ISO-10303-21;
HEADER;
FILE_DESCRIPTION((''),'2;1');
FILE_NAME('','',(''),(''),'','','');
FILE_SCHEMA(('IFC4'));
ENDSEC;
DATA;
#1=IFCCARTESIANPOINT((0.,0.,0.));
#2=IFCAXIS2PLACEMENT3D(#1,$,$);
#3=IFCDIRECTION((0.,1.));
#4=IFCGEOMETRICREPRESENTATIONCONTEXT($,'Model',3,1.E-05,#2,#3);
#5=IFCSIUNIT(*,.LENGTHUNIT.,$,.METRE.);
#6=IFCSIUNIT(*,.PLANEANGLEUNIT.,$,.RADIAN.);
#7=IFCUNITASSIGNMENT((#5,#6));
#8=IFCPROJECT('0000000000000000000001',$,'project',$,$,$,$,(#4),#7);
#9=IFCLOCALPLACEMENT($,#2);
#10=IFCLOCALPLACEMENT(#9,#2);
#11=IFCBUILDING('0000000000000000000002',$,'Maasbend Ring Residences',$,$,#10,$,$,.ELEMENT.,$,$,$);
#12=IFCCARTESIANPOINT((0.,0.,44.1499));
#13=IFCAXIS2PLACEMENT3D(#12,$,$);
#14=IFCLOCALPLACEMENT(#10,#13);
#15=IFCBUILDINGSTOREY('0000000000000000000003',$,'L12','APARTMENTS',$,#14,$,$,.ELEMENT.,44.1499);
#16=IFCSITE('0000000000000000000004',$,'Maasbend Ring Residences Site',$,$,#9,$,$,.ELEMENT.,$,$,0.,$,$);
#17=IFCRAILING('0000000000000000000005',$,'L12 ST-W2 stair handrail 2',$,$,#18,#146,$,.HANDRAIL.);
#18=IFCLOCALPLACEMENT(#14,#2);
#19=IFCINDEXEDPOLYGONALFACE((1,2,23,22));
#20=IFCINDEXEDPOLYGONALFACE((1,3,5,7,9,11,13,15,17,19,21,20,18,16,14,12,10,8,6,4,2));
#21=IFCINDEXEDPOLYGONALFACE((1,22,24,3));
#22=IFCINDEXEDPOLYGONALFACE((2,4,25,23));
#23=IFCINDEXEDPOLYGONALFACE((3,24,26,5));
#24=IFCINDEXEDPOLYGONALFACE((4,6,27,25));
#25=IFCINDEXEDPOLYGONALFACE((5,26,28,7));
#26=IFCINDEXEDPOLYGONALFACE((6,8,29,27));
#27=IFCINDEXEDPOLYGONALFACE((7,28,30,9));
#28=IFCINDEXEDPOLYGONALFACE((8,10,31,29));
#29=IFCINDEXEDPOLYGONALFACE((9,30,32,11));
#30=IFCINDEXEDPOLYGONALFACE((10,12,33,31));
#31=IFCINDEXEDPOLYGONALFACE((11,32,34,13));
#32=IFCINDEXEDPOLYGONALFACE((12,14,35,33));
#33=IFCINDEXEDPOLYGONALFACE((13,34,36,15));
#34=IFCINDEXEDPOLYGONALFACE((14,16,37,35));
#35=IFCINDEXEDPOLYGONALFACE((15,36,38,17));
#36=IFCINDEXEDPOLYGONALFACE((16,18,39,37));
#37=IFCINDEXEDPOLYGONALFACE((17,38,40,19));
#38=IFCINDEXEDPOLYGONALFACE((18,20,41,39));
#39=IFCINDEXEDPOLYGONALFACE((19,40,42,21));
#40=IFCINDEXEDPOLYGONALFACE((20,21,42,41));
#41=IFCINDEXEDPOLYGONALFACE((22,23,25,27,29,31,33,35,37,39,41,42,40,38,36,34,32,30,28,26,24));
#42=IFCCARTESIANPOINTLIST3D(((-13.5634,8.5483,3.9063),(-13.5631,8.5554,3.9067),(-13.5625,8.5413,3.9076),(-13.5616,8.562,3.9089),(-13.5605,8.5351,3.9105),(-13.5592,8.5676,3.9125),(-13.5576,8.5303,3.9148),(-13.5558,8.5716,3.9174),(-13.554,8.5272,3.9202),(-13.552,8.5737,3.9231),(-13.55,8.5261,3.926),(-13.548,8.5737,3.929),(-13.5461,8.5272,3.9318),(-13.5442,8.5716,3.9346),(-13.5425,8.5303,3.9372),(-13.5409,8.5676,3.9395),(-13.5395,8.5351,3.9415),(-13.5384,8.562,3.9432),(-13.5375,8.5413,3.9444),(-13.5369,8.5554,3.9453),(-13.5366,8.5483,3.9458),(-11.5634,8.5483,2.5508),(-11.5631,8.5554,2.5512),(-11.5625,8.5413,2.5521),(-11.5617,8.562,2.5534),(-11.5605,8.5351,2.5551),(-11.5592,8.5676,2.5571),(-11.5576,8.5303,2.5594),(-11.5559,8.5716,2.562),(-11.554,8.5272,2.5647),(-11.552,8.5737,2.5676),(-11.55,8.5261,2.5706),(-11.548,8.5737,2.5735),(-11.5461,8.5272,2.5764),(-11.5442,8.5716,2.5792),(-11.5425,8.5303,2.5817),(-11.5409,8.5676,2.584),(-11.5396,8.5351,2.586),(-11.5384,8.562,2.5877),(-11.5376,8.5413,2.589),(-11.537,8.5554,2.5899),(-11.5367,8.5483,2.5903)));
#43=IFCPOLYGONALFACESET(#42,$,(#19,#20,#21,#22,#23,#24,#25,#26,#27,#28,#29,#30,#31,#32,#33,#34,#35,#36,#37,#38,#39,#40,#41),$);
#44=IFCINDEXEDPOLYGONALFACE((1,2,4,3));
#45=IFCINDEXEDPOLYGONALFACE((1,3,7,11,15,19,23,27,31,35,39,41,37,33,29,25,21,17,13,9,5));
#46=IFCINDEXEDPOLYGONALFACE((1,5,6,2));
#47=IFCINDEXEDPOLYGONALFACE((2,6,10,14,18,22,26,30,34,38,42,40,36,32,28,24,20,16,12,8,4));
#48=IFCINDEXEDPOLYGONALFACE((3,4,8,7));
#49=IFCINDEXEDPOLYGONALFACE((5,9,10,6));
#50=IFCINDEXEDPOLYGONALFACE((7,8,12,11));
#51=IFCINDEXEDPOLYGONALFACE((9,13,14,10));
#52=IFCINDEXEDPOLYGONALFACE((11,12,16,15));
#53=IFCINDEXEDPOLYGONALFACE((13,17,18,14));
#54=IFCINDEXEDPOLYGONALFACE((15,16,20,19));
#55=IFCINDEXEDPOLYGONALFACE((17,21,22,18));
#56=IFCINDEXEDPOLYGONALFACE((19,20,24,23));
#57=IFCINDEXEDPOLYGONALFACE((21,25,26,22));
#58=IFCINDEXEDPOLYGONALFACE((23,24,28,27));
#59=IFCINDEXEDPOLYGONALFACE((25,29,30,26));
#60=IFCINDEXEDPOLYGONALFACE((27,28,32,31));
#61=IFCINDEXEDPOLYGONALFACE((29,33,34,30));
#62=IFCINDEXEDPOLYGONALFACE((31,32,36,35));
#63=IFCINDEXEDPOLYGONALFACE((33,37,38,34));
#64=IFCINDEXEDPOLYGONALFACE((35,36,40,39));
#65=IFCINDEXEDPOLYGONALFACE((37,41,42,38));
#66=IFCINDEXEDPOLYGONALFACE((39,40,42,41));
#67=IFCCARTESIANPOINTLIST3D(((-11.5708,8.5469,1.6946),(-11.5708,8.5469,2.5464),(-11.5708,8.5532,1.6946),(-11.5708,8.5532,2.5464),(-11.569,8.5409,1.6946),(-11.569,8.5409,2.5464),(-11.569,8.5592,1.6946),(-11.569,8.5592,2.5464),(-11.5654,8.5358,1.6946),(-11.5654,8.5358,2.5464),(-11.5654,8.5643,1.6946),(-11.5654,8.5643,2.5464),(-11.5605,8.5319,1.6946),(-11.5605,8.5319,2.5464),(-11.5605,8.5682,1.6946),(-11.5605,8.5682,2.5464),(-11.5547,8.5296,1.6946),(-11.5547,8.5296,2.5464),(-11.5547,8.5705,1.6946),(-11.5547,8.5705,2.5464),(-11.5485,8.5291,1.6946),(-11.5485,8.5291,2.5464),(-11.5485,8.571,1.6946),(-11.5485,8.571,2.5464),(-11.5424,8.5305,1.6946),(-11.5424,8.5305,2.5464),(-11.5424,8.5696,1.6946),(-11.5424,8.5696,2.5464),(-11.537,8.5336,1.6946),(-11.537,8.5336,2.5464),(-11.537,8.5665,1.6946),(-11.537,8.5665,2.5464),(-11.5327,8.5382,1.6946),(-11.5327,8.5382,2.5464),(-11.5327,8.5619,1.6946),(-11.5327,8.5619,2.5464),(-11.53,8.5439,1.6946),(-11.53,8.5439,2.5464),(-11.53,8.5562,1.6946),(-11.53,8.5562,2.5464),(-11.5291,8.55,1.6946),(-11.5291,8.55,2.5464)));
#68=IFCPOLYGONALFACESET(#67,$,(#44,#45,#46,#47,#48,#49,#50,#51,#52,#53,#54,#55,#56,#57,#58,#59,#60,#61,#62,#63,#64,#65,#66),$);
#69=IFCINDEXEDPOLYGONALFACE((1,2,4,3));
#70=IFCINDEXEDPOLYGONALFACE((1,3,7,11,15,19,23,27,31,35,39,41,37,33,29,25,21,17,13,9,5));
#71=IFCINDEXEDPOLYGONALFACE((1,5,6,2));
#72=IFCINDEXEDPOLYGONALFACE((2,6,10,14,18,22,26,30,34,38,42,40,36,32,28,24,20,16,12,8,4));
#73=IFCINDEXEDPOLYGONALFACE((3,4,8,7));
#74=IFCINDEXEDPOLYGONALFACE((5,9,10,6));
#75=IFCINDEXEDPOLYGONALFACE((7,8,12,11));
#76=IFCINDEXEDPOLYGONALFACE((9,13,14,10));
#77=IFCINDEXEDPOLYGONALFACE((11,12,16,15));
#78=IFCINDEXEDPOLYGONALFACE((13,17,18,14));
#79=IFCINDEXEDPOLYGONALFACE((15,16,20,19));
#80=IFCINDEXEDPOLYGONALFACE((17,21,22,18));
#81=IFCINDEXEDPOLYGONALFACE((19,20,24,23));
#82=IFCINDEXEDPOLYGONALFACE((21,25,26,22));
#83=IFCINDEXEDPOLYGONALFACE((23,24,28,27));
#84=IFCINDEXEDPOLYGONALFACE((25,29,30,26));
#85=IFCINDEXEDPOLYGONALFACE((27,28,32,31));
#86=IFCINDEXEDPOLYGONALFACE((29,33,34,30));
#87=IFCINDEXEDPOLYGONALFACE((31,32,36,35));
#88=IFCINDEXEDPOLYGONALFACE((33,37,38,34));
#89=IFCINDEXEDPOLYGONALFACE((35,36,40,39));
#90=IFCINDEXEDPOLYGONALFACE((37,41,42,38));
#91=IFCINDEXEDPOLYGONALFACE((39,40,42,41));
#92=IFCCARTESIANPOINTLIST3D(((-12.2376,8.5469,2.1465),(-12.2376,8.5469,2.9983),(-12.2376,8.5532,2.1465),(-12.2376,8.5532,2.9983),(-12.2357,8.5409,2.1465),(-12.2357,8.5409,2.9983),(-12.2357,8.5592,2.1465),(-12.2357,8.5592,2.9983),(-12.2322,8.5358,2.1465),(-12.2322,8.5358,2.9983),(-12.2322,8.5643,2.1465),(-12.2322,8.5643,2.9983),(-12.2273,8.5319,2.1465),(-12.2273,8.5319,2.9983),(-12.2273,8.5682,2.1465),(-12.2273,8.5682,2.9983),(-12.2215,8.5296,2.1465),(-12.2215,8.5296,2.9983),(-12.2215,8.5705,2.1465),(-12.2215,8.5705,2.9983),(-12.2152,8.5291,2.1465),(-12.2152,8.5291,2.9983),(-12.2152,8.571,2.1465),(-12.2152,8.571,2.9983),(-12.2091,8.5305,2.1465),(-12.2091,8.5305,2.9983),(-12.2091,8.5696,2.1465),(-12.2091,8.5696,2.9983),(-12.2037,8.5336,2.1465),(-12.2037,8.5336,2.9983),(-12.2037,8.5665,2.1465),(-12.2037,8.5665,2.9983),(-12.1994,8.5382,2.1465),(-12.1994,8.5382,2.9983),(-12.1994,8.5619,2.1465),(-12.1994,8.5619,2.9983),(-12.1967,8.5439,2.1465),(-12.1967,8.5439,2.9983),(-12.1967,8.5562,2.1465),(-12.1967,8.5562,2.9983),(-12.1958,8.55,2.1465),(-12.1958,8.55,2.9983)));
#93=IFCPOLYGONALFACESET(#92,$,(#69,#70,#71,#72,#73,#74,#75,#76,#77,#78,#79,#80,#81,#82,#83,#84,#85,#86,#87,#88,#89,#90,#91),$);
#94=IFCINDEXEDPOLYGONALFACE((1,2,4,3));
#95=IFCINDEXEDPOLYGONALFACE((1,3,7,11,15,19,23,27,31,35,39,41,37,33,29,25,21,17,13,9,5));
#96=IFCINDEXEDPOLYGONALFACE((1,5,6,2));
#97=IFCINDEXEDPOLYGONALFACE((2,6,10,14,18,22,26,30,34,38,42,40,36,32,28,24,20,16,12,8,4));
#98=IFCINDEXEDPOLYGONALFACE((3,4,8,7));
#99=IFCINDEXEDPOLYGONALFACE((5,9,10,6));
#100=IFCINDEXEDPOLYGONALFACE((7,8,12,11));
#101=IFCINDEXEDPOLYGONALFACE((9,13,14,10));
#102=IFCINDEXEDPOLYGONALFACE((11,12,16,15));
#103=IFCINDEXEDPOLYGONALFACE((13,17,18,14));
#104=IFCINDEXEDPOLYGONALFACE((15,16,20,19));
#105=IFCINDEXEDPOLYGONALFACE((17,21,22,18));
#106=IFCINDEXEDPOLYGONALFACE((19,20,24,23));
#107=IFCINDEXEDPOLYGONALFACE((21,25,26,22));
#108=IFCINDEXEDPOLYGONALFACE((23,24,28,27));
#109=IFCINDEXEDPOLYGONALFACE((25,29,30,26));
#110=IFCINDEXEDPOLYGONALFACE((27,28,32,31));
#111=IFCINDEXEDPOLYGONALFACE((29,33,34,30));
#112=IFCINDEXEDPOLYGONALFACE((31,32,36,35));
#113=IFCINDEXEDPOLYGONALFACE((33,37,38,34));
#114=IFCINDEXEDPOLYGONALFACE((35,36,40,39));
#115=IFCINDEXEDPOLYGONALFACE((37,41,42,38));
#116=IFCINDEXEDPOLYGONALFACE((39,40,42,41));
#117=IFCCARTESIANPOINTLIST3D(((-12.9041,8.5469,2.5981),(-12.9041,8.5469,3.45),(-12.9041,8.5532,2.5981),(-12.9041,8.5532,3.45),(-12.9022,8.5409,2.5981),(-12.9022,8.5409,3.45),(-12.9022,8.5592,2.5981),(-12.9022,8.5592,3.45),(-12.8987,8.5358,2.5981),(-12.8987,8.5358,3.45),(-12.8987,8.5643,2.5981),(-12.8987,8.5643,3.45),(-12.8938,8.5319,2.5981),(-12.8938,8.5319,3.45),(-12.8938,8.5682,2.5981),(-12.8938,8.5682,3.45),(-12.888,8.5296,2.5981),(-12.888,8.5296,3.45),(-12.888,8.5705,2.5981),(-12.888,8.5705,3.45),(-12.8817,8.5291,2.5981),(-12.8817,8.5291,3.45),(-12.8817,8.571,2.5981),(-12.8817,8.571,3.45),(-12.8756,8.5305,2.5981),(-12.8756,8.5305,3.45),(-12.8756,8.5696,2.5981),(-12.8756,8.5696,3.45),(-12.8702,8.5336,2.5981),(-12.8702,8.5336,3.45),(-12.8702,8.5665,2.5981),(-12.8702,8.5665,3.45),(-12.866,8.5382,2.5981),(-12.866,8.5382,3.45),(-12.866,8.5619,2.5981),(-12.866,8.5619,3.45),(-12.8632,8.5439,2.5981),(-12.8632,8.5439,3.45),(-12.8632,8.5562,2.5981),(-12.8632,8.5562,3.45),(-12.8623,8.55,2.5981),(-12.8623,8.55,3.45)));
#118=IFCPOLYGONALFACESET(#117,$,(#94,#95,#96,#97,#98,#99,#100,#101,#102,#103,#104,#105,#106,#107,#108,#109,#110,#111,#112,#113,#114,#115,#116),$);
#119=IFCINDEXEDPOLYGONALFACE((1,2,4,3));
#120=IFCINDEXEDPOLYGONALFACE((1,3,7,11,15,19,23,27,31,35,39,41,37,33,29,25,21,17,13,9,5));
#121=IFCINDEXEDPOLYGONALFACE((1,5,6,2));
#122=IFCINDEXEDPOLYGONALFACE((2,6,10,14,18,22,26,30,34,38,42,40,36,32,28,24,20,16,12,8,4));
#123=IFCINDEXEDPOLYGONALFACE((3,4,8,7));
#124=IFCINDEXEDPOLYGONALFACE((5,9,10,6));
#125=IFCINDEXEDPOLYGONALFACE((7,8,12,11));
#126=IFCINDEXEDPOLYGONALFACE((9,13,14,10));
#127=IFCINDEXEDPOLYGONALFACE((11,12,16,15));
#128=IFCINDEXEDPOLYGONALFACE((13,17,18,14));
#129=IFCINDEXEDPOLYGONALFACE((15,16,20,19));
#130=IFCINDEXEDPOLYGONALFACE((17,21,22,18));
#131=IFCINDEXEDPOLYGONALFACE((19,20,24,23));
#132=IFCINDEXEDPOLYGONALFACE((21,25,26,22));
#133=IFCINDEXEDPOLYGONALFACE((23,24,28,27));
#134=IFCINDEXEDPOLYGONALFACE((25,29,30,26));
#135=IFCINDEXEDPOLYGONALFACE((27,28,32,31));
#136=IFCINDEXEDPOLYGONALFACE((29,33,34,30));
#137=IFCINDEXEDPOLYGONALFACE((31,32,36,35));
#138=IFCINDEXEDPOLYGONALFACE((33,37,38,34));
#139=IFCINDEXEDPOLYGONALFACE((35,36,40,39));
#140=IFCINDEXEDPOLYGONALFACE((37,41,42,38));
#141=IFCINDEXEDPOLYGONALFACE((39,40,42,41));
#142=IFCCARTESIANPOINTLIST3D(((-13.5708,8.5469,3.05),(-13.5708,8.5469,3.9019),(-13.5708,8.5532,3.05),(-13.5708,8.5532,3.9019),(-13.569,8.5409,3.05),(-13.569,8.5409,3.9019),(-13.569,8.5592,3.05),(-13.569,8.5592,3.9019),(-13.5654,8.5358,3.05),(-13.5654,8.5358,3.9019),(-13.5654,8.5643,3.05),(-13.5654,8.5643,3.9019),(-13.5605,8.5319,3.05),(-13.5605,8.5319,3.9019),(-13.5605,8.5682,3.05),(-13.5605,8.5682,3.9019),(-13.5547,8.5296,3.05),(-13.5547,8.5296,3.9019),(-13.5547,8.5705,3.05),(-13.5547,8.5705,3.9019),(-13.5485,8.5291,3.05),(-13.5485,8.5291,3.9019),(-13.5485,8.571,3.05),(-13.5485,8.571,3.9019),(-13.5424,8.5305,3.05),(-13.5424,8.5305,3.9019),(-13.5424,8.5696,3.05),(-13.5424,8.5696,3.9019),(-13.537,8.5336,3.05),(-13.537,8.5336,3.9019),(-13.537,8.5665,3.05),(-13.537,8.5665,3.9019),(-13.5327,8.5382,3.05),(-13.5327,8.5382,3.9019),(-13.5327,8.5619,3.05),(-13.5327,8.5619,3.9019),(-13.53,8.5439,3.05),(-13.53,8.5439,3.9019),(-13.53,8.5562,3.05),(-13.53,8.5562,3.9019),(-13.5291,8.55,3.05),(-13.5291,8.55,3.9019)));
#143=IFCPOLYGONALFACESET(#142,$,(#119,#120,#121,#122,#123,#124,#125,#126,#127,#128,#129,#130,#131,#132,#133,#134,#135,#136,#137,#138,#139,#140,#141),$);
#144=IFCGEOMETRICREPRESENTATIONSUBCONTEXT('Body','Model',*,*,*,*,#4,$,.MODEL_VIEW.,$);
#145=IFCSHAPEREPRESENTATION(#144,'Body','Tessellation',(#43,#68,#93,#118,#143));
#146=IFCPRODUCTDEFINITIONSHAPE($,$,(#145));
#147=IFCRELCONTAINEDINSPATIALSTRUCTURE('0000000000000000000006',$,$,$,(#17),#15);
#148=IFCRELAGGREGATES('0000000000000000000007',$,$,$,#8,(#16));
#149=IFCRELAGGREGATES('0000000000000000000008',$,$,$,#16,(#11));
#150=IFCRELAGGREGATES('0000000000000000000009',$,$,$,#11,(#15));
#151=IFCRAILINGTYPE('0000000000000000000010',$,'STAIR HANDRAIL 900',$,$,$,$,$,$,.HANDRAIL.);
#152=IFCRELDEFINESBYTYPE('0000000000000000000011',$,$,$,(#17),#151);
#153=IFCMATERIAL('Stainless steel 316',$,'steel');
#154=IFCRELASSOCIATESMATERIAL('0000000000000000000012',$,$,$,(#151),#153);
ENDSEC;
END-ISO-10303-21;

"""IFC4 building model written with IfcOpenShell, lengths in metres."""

from ifc_helpers import new_model, si_unit, direction, frame, origin, origin_2d, place, context, subcontext, project, spatial, circle, extrude, material, type_object, element, save


model = new_model("IFC4")

# Units and contexts
model_context = context("Model", 3, precision=1e-05, world=origin(), true_north=direction((0.0, 1.0)))
body_context = subcontext(model_context, "Body", "Model", "MODEL_VIEW")
ifc_project = project(units=[si_unit("LENGTHUNIT", "METRE"), si_unit("PLANEANGLEUNIT", "RADIAN")], contexts=[model_context])

# Site, building, storey
site_placement = place(None, origin())
site = spatial("IfcSite", under=ifc_project, at=site_placement, Name="Maasbend Ring Residences Site", CompositionType="ELEMENT", RefElevation=0.0)
building_placement = place(site_placement, origin())
building = spatial("IfcBuilding", under=site, at=building_placement, Name="Maasbend Ring Residences", CompositionType="ELEMENT")
storey_placement = place(building_placement, frame((0.0, 0.0, 44.1499)))
storey = spatial("IfcBuildingStorey", under=building, at=storey_placement, Name="L12", Description="APARTMENTS", CompositionType="ELEMENT", Elevation=44.1499)

# Railing
ifc_material_1 = material(Name="Stainless steel 316", Category="steel")
railing_type_1 = type_object("IfcRailingType", Name="STAIR HANDRAIL 900", PredefinedType="HANDRAIL", material=ifc_material_1)
railing_1_placement = place(storey_placement, frame((-11.55, 8.55, 1.6946)))
element("IfcRailing", 1, at=railing_1_placement, inside=storey, type_object=railing_type_1, Name="L12 ST-W2 stair handrail 2", PredefinedType="HANDRAIL", context=body_context, shape_type="SweptSolid", body=[
    extrude(circle(Radius=0.0239, at=origin_2d()), frame((0.0, 0.0, 0.876), z_axis=(-0.827798, 0.0, 0.561027), x_axis=(0.0, -1.0, 0.0)), (0.0, 0.0, 1.0), 2.416),
    extrude(circle(Radius=0.021, at=origin_2d()), origin(), (0.0, 0.0, 1.0), 0.8518),
    extrude(circle(Radius=0.021, at=origin_2d()), frame((-0.6667, 0.0, 0.4519)), (0.0, 0.0, 1.0), 0.8518),
    extrude(circle(Radius=0.021, at=origin_2d()), frame((-1.3333, 0.0, 0.9036)), (0.0, 0.0, 1.0), 0.8518),
    extrude(circle(Radius=0.021, at=origin_2d()), frame((-2.0, 0.0, 1.3555)), (0.0, 0.0, 1.0), 0.8518),
])

save(model, "model.ifc")
